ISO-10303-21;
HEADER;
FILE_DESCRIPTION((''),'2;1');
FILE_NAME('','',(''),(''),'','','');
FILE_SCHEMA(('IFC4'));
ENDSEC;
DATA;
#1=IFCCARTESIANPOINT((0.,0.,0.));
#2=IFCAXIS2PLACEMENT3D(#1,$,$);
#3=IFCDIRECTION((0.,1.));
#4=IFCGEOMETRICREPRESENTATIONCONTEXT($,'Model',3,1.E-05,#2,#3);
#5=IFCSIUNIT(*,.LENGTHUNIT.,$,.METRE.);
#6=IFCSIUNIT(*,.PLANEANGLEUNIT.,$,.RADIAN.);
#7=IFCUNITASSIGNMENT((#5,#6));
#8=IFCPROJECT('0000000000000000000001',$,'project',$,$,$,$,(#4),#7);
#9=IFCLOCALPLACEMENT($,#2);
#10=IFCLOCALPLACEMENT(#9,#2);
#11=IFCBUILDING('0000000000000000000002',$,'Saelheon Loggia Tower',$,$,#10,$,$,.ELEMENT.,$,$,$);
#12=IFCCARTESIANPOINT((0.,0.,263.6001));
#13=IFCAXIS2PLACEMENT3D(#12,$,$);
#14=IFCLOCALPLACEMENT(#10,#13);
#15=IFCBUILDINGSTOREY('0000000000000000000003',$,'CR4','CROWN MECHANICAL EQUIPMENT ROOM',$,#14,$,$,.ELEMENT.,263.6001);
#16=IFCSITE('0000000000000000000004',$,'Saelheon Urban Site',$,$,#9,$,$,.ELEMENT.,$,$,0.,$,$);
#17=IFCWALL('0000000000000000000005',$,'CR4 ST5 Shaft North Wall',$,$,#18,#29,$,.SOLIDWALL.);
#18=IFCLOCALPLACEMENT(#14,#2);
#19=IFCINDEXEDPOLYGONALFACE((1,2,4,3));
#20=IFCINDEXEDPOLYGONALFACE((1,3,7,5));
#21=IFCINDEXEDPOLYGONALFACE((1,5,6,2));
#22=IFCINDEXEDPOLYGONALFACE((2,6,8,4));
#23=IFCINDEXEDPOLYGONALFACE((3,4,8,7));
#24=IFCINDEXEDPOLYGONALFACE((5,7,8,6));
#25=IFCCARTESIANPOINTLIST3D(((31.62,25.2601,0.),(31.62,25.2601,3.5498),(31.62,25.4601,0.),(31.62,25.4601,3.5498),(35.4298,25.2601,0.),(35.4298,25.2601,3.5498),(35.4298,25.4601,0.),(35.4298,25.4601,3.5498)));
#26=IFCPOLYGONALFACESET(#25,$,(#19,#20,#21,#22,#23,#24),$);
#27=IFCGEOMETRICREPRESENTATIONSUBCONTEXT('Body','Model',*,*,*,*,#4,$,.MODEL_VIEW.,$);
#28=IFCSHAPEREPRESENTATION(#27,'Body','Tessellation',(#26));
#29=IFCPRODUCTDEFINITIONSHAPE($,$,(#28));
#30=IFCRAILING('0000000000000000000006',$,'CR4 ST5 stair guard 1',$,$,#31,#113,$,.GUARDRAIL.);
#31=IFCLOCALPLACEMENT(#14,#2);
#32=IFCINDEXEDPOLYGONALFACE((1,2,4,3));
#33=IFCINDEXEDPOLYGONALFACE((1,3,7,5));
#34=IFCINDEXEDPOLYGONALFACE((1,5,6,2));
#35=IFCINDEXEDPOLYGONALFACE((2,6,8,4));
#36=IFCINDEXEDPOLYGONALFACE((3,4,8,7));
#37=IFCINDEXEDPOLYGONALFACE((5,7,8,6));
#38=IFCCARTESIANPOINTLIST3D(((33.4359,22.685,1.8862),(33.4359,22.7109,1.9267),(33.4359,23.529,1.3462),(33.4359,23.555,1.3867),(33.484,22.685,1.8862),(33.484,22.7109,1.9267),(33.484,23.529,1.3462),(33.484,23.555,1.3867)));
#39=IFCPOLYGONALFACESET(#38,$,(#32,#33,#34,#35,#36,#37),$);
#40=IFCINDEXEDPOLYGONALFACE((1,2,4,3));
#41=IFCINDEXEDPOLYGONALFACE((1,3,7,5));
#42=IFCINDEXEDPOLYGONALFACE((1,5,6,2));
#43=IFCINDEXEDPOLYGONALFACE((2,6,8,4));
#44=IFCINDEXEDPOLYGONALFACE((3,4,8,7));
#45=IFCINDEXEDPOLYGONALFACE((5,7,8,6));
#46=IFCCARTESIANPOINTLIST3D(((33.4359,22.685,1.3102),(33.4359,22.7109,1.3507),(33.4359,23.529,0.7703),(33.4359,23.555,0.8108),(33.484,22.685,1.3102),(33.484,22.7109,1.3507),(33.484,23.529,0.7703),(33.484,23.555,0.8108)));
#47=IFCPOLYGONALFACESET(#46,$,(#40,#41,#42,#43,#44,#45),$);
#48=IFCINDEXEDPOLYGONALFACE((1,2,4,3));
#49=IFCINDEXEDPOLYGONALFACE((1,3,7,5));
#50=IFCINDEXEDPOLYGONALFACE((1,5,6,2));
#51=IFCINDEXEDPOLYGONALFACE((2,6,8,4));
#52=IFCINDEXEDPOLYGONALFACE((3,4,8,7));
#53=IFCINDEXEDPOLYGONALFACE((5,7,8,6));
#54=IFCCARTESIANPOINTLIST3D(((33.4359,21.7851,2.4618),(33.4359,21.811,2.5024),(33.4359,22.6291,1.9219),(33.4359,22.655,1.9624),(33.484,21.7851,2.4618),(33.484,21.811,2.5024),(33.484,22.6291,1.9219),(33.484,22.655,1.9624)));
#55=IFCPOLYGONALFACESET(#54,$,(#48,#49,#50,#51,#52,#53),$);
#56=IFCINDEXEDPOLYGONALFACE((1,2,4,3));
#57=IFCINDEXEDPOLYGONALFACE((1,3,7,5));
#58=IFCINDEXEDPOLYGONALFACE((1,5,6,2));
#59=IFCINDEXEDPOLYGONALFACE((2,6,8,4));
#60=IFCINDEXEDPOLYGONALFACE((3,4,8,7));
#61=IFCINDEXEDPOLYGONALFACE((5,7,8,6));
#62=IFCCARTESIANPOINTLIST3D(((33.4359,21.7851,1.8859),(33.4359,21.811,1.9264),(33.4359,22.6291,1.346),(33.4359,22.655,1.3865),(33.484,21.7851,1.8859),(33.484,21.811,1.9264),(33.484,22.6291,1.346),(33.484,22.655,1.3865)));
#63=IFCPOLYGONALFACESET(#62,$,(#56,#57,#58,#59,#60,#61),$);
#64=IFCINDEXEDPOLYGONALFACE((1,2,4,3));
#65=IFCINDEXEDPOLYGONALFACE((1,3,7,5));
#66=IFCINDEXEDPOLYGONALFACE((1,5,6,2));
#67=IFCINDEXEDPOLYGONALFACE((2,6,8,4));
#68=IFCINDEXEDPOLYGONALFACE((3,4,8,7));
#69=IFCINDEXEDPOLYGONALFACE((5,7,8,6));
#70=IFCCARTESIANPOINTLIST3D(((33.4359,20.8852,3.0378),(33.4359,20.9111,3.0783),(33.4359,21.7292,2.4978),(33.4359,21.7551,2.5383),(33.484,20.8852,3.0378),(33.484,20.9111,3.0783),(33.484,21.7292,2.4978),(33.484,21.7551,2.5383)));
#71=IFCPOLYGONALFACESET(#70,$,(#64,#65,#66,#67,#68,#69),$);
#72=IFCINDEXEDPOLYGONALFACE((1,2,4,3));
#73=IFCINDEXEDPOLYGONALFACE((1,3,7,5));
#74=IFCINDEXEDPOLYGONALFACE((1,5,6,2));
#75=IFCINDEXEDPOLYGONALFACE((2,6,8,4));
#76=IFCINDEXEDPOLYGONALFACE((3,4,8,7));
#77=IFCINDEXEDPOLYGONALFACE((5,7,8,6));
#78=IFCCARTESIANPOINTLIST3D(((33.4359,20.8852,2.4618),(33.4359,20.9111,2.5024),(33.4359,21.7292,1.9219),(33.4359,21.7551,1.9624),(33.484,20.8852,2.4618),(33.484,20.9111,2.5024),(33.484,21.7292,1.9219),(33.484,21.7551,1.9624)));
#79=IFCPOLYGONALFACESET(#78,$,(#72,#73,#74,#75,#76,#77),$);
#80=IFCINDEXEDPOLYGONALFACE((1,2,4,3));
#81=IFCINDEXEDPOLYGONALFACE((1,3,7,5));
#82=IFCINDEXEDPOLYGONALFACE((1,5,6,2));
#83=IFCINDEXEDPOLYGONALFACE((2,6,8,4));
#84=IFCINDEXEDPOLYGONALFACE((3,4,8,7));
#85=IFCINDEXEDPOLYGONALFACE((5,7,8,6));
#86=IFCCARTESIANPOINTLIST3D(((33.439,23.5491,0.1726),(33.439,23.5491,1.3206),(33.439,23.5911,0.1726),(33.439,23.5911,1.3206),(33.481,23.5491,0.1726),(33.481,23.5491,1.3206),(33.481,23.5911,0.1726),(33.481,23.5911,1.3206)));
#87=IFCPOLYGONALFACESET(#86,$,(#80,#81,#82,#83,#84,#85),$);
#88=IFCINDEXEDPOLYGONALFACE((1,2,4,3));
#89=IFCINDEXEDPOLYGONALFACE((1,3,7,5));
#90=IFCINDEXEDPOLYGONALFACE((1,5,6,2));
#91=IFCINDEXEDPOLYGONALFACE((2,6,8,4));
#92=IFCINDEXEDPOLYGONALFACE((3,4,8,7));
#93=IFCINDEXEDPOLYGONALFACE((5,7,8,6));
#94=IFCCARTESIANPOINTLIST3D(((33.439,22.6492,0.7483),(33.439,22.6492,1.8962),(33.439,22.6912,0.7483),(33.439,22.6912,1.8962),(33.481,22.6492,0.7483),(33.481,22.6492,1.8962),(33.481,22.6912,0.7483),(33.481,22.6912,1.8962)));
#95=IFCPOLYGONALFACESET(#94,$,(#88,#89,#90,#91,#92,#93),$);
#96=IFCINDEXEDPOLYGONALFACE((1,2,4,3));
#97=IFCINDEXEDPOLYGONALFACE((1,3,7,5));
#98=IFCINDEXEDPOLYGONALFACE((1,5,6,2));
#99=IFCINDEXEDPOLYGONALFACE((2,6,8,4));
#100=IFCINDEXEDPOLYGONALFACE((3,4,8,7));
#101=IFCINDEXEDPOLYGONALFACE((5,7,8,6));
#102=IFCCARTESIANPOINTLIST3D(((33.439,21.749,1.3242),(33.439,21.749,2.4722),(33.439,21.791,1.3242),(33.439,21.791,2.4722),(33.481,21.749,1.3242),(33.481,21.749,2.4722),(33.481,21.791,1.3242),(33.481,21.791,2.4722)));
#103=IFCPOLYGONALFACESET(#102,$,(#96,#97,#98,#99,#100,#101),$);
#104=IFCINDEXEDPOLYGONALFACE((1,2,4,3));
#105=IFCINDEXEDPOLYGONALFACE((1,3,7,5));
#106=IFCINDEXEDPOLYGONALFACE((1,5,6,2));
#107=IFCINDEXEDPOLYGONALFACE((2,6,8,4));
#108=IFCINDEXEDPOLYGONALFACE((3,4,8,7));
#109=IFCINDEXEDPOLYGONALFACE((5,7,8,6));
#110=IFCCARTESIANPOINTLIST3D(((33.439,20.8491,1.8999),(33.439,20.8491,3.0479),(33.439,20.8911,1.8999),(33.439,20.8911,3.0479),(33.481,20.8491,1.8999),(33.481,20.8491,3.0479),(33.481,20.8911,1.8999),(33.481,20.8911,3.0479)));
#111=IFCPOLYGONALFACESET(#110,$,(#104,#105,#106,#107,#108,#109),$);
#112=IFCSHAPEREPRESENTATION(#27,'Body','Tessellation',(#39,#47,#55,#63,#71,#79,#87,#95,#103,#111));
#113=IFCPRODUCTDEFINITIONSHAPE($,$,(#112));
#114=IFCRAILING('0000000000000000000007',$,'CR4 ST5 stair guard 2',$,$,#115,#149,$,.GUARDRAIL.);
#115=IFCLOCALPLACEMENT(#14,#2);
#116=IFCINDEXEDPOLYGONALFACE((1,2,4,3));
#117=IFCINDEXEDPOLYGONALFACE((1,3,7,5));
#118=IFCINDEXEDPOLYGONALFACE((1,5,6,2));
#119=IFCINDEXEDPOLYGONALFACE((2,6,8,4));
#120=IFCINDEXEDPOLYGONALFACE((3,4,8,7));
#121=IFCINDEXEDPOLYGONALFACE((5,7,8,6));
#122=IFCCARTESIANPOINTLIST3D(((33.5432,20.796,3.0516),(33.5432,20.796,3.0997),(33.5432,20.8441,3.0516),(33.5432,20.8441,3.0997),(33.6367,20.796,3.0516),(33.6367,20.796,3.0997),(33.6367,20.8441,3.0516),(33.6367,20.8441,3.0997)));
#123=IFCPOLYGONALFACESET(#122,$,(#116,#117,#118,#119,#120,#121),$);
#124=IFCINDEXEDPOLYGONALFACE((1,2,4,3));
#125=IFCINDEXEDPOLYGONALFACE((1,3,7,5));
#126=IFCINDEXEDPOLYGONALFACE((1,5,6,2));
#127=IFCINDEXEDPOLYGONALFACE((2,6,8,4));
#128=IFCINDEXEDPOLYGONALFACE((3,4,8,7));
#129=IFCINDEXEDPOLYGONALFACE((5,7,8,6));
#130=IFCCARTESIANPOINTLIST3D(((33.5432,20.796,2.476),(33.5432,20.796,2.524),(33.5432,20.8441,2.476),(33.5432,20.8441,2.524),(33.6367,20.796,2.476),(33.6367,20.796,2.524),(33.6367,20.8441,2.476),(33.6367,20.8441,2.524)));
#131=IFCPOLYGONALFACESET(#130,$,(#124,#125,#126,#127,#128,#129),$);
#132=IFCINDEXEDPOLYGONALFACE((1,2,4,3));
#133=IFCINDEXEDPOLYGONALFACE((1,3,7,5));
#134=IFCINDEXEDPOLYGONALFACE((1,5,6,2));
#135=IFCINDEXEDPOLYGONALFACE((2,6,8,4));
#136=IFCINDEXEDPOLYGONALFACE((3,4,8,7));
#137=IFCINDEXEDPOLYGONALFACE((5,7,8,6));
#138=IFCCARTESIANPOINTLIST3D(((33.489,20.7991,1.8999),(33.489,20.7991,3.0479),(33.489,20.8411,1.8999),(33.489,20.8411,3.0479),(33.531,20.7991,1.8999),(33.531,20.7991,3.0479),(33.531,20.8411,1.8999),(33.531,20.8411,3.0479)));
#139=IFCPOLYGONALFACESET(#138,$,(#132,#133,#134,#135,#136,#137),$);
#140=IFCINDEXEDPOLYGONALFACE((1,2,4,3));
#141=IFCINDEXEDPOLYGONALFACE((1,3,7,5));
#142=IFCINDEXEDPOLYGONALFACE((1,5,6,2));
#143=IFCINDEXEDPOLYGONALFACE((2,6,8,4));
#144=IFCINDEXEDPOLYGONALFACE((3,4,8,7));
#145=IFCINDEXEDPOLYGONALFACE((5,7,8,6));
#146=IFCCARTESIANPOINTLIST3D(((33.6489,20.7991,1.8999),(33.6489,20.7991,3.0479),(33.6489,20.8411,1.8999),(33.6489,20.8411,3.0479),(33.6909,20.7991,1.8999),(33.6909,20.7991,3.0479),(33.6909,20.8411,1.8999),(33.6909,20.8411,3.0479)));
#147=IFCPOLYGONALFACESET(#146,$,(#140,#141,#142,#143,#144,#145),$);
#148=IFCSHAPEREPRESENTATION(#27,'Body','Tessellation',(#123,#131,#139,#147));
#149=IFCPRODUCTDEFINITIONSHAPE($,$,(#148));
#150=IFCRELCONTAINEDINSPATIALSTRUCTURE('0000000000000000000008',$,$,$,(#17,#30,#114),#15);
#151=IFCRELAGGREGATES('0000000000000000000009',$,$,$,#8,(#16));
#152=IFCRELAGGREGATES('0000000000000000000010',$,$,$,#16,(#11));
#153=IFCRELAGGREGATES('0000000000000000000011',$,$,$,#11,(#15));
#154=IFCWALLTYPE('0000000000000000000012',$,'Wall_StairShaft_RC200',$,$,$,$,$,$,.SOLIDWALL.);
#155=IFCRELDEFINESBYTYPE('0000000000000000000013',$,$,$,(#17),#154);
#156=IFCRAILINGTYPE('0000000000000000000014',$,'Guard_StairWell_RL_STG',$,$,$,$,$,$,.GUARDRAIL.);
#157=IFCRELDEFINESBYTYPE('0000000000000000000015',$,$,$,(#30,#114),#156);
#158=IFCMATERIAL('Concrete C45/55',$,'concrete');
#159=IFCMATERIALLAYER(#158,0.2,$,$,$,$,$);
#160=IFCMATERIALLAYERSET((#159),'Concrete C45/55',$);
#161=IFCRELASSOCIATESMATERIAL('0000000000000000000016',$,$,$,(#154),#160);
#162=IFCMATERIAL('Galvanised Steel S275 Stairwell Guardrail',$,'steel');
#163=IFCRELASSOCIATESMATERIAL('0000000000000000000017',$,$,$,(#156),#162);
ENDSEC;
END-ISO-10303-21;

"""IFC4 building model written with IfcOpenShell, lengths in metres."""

from ifc_helpers import new_model, si_unit, direction, frame, frame_2d, origin, origin_2d, place, context, subcontext, project, spatial, rectangle, extrude, material, layer, layer_set, type_object, element, save


model = new_model("IFC4")

# Units and contexts
model_context = context("Model", 3, precision=1e-05, world=origin(), true_north=direction((0.0, 1.0)))
body_context = subcontext(model_context, "Body", "Model", "MODEL_VIEW")
ifc_project = project(units=[si_unit("LENGTHUNIT", "METRE"), si_unit("PLANEANGLEUNIT", "RADIAN")], contexts=[model_context])

# Site, building, storey
site_placement = place(None, origin())
site = spatial("IfcSite", under=ifc_project, at=site_placement, Name="Saelheon Urban Site", CompositionType="ELEMENT", RefElevation=0.0)
building_placement = place(site_placement, origin())
building = spatial("IfcBuilding", under=site, at=building_placement, Name="Saelheon Loggia Tower", CompositionType="ELEMENT")
storey_placement = place(building_placement, frame((0.0, 0.0, 263.6001)))
storey = spatial("IfcBuildingStorey", under=building, at=storey_placement, Name="CR4", Description="CROWN MECHANICAL EQUIPMENT ROOM", CompositionType="ELEMENT", Elevation=263.6001)

# Shared definitions
ifc_material_1 = material(Name="Concrete C45/55", Category="concrete")
ifc_layer_1 = layer(ifc_material_1, 0.2)
ifc_layer_set_1 = layer_set([ifc_layer_1], Name="Concrete C45/55")
wall_type_1 = type_object("IfcWallType", Name="Wall_StairShaft_RC200", PredefinedType="SOLIDWALL", material=ifc_layer_set_1)

# Wall
wall_1_placement = place(storey_placement, frame((31.6201, 25.3601, 0.0), z_axis=(0.0, 0.0, 1.0), x_axis=(1.0, 0.0, 0.0)))
element("IfcWall", 1, at=wall_1_placement, inside=storey, type_object=wall_type_1, Name="CR4 ST5 Shaft North Wall", PredefinedType="SOLIDWALL", context=body_context, shape_type="SweptSolid", body=[
    extrude(rectangle(XDim=3.8098, YDim=0.2, at=frame_2d((1.9048, 0.0))), origin(), (0.0, 0.0, 1.0), 3.5498),
])

# Railings
ifc_material_2 = material(Name="Galvanised Steel S275 Stairwell Guardrail", Category="steel")
railing_type_1 = type_object("IfcRailingType", Name="Guard_StairWell_RL_STG", PredefinedType="GUARDRAIL", material=ifc_material_2)
railing_1_placement = place(storey_placement, frame((33.46, 23.5701, 0.1726)))
element("IfcRailing", 2, at=railing_1_placement, inside=storey, type_object=railing_type_1, Name="CR4 ST5 stair guard 1", PredefinedType="GUARDRAIL", context=body_context, shape_type="SweptSolid", body=[
    extrude(rectangle(XDim=0.0481, YDim=0.0481, at=origin_2d()), frame((0.0, -0.0281, 1.1938), z_axis=(0.0, -0.842367, 0.538905), x_axis=(1.0, 0.0, 0.0)), (0.0, 0.0, 1.0), 1.002),
    extrude(rectangle(XDim=0.0481, YDim=0.0481, at=origin_2d()), frame((0.0, -0.0281, 0.6179), z_axis=(0.0, -0.842367, 0.538905), x_axis=(1.0, 0.0, 0.0)), (0.0, 0.0, 1.0), 1.002),
    extrude(rectangle(XDim=0.0481, YDim=0.0481, at=origin_2d()), frame((0.0, -0.928, 1.7695), z_axis=(0.0, -0.842367, 0.538905), x_axis=(1.0, 0.0, 0.0)), (0.0, 0.0, 1.0), 1.002),
    extrude(rectangle(XDim=0.0481, YDim=0.0481, at=origin_2d()), frame((0.0, -0.928, 1.1936), z_axis=(0.0, -0.842367, 0.538905), x_axis=(1.0, 0.0, 0.0)), (0.0, 0.0, 1.0), 1.002),
    extrude(rectangle(XDim=0.0481, YDim=0.0481, at=origin_2d()), frame((0.0, -1.8279, 2.3455), z_axis=(0.0, -0.842367, 0.538905), x_axis=(1.0, 0.0, 0.0)), (0.0, 0.0, 1.0), 1.002),
    extrude(rectangle(XDim=0.0481, YDim=0.0481, at=origin_2d()), frame((0.0, -1.8279, 1.7695), z_axis=(0.0, -0.842367, 0.538905), x_axis=(1.0, 0.0, 0.0)), (0.0, 0.0, 1.0), 1.002),
    extrude(rectangle(XDim=0.042, YDim=0.042, at=origin_2d()), origin(), (0.0, 0.0, 1.0), 1.1479),
    extrude(rectangle(XDim=0.042, YDim=0.042, at=origin_2d()), frame((0.0, -0.8999, 0.5757)), (0.0, 0.0, 1.0), 1.1479),
    extrude(rectangle(XDim=0.042, YDim=0.042, at=origin_2d()), frame((0.0, -1.8, 1.1516)), (0.0, 0.0, 1.0), 1.1479),
    extrude(rectangle(XDim=0.042, YDim=0.042, at=origin_2d()), frame((0.0, -2.7, 1.7273)), (0.0, 0.0, 1.0), 1.1479),
])
railing_2_placement = place(storey_placement, frame((33.51, 20.8201, 1.8999)))
element("IfcRailing", 3, at=railing_2_placement, inside=storey, type_object=railing_type_1, Name="CR4 ST5 stair guard 2", PredefinedType="GUARDRAIL", context=body_context, shape_type="SweptSolid", body=[
    extrude(rectangle(XDim=0.0481, YDim=0.0481, at=origin_2d()), frame((0.0332, 0.0, 1.1758), z_axis=(1.0, 0.0, 0.0), x_axis=(0.0, 1.0, 0.0)), (0.0, 0.0, 1.0), 0.0935),
    extrude(rectangle(XDim=0.0481, YDim=0.0481, at=origin_2d()), frame((0.0332, 0.0, 0.6001), z_axis=(1.0, 0.0, 0.0), x_axis=(0.0, 1.0, 0.0)), (0.0, 0.0, 1.0), 0.0935),
    extrude(rectangle(XDim=0.042, YDim=0.042, at=origin_2d()), origin(), (0.0, 0.0, 1.0), 1.1479),
    extrude(rectangle(XDim=0.042, YDim=0.042, at=origin_2d()), frame((0.1599, 0.0, 0.0)), (0.0, 0.0, 1.0), 1.1479),
])

save(model, "model.ifc")
